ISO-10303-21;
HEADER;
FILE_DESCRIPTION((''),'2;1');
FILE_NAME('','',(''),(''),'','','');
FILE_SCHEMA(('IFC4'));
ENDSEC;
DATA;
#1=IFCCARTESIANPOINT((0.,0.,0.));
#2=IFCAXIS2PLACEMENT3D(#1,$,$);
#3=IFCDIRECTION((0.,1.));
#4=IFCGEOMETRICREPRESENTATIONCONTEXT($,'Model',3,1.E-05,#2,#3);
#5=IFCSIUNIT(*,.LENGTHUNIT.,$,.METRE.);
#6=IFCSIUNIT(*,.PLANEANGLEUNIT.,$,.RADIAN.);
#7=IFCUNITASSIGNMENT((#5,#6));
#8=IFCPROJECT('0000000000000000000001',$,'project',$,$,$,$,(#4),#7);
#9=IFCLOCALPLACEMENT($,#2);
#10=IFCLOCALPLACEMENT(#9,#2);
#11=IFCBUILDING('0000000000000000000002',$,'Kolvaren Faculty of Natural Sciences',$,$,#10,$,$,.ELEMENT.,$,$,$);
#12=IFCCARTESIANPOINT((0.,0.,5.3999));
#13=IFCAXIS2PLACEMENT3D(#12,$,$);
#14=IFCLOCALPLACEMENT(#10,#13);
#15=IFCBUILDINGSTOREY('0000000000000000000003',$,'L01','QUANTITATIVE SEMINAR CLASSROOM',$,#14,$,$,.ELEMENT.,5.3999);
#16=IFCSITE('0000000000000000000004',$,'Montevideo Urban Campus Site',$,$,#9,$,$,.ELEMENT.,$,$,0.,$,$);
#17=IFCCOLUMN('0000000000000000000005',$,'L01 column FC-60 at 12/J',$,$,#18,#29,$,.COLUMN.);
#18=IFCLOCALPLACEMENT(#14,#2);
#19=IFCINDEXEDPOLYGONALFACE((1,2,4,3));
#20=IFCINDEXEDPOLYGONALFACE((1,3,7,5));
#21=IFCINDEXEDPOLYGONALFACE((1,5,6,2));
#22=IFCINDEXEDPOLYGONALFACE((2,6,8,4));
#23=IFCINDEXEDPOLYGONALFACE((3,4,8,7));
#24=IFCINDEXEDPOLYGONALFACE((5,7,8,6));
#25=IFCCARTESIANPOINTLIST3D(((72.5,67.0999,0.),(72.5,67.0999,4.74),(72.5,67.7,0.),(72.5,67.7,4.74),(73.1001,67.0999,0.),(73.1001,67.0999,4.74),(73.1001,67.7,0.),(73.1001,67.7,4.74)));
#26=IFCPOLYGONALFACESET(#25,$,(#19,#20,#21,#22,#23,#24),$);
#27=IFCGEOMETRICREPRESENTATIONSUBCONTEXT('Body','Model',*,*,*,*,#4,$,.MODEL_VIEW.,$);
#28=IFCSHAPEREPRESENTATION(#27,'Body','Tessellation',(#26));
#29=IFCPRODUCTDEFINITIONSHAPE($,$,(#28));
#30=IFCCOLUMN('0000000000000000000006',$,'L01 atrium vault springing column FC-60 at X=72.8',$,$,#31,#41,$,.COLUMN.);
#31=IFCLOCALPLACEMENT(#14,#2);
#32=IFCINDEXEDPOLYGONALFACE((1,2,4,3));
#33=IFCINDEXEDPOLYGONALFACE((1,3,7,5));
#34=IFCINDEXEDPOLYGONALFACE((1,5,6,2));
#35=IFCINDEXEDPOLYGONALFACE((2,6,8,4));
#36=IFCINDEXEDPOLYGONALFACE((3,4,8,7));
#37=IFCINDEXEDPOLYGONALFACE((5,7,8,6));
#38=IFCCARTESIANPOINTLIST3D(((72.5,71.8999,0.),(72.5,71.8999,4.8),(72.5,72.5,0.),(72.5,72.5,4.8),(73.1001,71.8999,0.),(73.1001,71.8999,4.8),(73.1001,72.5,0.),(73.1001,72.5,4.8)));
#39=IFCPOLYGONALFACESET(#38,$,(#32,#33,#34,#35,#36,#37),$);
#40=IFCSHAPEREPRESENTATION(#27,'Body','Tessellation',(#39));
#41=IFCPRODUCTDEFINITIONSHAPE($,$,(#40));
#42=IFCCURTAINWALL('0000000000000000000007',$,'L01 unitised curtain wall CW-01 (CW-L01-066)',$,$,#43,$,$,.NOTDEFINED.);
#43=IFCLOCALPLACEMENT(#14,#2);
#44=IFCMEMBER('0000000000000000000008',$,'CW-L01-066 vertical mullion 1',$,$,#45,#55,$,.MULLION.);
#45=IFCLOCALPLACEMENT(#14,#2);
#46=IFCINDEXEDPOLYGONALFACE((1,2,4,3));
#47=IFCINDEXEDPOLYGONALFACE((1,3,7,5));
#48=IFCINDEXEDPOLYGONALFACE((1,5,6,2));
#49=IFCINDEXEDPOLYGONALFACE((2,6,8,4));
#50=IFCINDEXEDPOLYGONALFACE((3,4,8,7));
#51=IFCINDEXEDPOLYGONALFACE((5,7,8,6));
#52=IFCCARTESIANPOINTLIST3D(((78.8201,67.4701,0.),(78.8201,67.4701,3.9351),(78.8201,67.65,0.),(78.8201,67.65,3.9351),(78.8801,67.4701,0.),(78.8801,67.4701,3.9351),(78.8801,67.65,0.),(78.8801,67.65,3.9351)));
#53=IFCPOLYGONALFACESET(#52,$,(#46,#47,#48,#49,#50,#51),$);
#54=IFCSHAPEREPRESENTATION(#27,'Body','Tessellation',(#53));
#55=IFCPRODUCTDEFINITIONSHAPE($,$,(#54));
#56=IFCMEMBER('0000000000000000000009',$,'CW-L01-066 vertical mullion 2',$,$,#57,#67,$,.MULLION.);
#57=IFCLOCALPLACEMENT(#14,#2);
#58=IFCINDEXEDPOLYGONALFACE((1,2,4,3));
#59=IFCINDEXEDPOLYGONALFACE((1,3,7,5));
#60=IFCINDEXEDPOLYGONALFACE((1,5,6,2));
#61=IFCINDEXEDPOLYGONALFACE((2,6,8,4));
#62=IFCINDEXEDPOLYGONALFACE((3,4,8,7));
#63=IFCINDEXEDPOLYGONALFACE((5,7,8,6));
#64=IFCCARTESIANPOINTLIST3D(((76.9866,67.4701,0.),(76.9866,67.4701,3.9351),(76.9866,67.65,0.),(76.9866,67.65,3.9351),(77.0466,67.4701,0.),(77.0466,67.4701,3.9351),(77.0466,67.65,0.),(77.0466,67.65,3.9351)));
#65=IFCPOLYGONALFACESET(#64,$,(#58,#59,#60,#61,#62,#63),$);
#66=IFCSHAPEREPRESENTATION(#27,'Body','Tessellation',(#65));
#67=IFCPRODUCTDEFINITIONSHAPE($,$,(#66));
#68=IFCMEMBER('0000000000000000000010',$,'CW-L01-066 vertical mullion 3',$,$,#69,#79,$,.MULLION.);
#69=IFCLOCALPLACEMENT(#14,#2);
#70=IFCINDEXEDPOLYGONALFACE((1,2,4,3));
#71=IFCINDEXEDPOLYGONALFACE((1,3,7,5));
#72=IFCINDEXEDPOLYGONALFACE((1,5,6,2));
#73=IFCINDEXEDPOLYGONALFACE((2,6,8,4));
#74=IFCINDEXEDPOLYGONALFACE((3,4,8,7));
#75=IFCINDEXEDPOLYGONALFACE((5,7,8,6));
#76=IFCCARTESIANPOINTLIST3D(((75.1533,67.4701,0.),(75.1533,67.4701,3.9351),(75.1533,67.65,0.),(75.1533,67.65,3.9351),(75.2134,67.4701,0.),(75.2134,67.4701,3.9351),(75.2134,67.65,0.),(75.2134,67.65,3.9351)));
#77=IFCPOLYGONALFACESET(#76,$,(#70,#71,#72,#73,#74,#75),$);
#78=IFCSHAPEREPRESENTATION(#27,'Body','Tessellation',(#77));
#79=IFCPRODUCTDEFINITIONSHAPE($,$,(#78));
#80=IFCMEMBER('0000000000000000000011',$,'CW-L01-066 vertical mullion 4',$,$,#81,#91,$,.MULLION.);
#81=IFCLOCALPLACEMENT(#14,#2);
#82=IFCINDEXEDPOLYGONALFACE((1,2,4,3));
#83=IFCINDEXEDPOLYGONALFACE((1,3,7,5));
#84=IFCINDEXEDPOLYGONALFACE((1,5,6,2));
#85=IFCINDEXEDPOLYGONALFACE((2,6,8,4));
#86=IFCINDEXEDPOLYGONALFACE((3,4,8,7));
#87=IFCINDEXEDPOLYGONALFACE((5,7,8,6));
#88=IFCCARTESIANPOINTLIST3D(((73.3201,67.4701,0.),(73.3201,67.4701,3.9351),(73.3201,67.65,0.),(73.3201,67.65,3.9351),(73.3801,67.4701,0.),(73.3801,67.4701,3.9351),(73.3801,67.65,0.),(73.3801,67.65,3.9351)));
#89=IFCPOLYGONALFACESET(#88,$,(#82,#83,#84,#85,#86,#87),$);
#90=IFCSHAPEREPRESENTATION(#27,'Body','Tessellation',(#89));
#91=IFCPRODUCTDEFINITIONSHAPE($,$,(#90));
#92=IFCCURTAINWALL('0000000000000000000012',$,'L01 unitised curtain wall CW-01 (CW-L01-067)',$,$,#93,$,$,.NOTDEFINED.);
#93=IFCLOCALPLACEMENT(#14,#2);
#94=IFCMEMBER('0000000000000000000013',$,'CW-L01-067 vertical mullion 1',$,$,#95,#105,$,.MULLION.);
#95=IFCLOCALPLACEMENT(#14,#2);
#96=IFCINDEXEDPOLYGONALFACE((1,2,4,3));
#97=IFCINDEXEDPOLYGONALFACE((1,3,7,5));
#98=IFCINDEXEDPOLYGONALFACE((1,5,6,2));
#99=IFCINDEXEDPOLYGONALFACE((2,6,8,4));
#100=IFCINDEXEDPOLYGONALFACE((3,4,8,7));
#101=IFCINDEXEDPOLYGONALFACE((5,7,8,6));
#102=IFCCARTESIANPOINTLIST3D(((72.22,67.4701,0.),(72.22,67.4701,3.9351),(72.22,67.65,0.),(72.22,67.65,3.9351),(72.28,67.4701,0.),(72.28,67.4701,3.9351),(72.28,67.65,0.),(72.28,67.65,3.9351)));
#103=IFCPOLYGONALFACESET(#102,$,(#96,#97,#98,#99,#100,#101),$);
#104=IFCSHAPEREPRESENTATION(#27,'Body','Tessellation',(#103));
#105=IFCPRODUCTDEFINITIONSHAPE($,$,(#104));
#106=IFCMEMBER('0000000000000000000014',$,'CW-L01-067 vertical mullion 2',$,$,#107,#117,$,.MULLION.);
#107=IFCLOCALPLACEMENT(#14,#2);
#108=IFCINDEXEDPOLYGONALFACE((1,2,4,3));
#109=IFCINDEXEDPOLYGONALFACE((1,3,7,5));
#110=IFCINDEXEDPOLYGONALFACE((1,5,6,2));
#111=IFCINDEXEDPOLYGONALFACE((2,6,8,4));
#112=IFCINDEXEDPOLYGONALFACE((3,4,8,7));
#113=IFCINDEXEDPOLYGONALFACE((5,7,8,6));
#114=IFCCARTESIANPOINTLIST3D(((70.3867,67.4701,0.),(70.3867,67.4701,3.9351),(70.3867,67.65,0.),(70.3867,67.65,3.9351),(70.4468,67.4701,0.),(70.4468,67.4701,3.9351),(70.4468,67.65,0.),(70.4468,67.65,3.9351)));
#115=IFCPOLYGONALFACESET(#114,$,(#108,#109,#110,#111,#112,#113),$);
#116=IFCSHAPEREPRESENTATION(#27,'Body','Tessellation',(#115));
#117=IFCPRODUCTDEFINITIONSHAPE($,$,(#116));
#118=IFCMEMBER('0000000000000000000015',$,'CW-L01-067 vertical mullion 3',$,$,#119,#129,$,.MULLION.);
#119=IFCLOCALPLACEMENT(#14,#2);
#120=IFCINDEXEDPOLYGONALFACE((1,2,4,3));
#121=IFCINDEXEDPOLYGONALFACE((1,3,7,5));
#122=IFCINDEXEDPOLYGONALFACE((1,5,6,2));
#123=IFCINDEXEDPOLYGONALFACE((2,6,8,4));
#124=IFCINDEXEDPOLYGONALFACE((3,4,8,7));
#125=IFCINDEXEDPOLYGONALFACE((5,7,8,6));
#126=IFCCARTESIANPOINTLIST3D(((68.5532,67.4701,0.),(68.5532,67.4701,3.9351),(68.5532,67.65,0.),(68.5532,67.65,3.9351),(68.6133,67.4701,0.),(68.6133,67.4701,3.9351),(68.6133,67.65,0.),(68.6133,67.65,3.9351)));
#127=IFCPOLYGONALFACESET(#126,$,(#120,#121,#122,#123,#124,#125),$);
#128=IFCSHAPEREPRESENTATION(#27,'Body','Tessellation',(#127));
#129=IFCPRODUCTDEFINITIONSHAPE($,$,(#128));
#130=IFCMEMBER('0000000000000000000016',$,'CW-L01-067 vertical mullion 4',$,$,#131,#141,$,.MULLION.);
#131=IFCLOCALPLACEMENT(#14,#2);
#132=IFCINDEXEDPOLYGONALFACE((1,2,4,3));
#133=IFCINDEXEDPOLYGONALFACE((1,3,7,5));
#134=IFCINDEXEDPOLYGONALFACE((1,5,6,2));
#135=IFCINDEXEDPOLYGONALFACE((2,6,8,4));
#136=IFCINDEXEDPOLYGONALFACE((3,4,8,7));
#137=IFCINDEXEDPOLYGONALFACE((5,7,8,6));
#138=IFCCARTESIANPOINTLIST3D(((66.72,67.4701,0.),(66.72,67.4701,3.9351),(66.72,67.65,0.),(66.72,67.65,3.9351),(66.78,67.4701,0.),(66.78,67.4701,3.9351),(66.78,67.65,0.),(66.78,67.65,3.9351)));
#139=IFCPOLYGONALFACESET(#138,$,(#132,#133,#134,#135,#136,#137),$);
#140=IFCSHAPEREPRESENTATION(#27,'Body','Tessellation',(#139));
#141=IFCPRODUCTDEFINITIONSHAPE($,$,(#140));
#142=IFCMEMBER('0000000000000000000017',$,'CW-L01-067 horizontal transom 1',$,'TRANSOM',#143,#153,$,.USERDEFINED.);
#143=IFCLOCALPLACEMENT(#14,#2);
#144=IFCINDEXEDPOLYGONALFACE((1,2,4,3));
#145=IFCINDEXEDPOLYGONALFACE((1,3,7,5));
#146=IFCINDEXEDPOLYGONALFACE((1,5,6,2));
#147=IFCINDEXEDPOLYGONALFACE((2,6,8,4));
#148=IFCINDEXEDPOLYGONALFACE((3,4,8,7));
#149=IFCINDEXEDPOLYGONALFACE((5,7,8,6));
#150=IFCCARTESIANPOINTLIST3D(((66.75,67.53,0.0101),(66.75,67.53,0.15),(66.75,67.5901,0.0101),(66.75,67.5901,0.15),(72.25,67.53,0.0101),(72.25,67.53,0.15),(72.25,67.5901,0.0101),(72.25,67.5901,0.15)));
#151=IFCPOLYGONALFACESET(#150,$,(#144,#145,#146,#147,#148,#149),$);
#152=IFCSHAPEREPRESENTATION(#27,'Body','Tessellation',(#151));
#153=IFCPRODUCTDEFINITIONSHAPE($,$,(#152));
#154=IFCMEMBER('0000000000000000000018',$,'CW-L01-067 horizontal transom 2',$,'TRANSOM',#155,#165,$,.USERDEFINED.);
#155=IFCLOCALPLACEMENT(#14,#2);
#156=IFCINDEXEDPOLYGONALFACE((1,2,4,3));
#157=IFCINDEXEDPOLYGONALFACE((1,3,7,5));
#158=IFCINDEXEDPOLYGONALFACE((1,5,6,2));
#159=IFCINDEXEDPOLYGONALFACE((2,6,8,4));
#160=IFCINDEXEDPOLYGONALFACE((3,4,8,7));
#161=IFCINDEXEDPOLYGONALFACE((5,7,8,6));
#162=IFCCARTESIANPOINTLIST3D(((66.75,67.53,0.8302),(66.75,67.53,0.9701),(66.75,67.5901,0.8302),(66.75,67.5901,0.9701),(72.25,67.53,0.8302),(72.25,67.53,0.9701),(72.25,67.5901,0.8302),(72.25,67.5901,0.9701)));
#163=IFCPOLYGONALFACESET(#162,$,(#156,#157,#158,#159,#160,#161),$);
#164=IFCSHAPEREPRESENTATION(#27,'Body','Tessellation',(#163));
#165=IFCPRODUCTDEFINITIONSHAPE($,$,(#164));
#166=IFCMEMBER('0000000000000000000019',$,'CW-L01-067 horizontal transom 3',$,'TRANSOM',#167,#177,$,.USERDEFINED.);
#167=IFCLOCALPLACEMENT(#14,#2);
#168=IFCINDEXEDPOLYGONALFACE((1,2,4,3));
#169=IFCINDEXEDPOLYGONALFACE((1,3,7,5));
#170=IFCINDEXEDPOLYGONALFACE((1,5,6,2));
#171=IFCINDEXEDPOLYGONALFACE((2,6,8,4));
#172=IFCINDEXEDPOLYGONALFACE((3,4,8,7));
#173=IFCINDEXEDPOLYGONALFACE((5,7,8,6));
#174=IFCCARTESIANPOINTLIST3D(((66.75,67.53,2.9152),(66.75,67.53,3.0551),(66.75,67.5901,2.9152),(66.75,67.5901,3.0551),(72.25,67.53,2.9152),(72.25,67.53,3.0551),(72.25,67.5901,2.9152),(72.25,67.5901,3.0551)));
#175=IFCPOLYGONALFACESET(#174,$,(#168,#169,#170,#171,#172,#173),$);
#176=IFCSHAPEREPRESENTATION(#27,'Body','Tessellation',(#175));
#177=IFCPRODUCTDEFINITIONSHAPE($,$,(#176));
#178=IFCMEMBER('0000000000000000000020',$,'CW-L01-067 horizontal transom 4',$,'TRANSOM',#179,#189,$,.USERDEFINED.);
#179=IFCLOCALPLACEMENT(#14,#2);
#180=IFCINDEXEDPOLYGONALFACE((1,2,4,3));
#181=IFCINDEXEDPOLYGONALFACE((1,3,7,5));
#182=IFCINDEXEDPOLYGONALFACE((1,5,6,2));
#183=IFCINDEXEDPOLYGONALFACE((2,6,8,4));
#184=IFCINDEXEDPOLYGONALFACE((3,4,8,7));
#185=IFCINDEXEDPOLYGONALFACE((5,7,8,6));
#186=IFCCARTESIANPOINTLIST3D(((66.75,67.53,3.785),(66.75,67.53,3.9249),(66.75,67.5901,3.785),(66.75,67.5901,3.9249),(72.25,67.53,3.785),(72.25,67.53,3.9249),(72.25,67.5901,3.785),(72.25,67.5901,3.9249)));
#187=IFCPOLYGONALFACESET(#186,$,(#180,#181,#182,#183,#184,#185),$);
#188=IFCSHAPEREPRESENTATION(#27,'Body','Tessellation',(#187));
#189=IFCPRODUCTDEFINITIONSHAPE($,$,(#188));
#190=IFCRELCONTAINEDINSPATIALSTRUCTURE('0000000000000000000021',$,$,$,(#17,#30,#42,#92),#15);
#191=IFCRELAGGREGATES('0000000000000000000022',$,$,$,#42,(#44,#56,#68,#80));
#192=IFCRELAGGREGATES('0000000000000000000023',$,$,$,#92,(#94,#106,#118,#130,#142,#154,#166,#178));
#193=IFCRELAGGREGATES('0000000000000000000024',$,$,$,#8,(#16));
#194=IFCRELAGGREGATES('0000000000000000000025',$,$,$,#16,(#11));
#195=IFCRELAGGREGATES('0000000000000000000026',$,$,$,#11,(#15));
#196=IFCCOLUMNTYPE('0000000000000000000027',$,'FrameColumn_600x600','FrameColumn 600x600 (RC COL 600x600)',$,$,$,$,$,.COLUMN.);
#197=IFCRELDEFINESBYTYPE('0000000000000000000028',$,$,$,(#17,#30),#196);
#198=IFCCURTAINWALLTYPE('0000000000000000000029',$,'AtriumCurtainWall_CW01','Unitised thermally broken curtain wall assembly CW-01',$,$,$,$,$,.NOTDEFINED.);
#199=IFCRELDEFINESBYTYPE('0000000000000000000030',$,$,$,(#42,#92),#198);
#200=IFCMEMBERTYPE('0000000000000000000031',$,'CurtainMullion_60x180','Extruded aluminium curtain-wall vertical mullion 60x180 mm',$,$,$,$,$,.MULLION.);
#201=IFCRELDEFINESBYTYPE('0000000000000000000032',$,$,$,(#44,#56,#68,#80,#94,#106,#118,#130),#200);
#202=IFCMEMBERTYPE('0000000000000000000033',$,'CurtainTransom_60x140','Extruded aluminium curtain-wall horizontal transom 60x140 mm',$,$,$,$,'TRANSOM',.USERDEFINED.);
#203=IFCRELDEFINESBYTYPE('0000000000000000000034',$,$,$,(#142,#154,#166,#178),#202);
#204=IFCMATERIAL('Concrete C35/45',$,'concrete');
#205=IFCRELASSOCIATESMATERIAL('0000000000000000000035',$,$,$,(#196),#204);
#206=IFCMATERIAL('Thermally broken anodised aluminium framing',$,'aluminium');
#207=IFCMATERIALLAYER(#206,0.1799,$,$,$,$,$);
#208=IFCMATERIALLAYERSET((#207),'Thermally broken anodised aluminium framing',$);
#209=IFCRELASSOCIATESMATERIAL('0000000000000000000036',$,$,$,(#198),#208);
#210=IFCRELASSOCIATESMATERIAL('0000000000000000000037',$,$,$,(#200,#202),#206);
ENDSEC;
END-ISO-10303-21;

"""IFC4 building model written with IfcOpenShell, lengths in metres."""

from ifc_helpers import new_model, si_unit, direction, frame, origin, origin_2d, place, context, subcontext, project, spatial, rectangle, extrude, material, layer, layer_set, material_profile, profile_set, type_object, element, aggregate, save


model = new_model("IFC4")

# Units and contexts
model_context = context("Model", 3, precision=1e-05, world=origin(), true_north=direction((0.0, 1.0)))
body_context = subcontext(model_context, "Body", "Model", "MODEL_VIEW")
ifc_project = project(units=[si_unit("LENGTHUNIT", "METRE"), si_unit("PLANEANGLEUNIT", "RADIAN")], contexts=[model_context])

# Site, building, storey
site_placement = place(None, origin())
site = spatial("IfcSite", under=ifc_project, at=site_placement, Name="Montevideo Urban Campus Site", CompositionType="ELEMENT", RefElevation=0.0)
building_placement = place(site_placement, origin())
building = spatial("IfcBuilding", under=site, at=building_placement, Name="Kolvaren Faculty of Natural Sciences", CompositionType="ELEMENT")
storey_placement = place(building_placement, frame((0.0, 0.0, 5.3999)))
storey = spatial("IfcBuildingStorey", under=building, at=storey_placement, Name="L01", Description="QUANTITATIVE SEMINAR CLASSROOM", CompositionType="ELEMENT", Elevation=5.3999)

# Columns
ifc_material_1 = material(Name="Concrete C35/45", Category="concrete")
ifc_material_profile_1 = material_profile(ifc_material_1, rectangle(XDim=0.6001, YDim=0.6001, at=origin_2d()), Name="RC COL 600x600")
ifc_profile_set_1 = profile_set([ifc_material_profile_1], Name="Concrete C35/45")
column_type = type_object("IfcColumnType", Name="FrameColumn_600x600", Description="FrameColumn 600x600 (RC COL 600x600)", PredefinedType="COLUMN", material=ifc_profile_set_1)
column_1_placement = place(storey_placement, frame((72.8, 67.3999, 0.0), z_axis=(0.0, 0.0, 1.0), x_axis=(1.0, 0.0, 0.0)))
element("IfcColumn", 1, at=column_1_placement, inside=storey, type_object=column_type, Name="L01 column FC-60 at 12/J", PredefinedType="COLUMN", context=body_context, shape_type="SweptSolid", body=[
    extrude(rectangle(XDim=0.6001, YDim=0.6001, at=origin_2d()), origin(), (0.0, 0.0, 1.0), 4.74),
])
column_2_placement = place(storey_placement, frame((72.8, 72.2, 0.0), z_axis=(0.0, 0.0, 1.0), x_axis=(1.0, 0.0, 0.0)))
element("IfcColumn", 2, at=column_2_placement, inside=storey, type_object=column_type, Name="L01 atrium vault springing column FC-60 at X=72.8", PredefinedType="COLUMN", context=body_context, shape_type="SweptSolid", body=[
    extrude(rectangle(XDim=0.6001, YDim=0.6001, at=origin_2d()), origin(), (0.0, 0.0, 1.0), 4.8),
])

# Curtain walls, members
ifc_material_2 = material(Name="Thermally broken anodised aluminium framing", Category="aluminium")
ifc_layer_1 = layer(ifc_material_2, 0.1799)
ifc_layer_set_1 = layer_set([ifc_layer_1], Name="Thermally broken anodised aluminium framing")
curtain_wall_type = type_object("IfcCurtainWallType", Name="AtriumCurtainWall_CW01", Description="Unitised thermally broken curtain wall assembly CW-01", PredefinedType="NOTDEFINED", material=ifc_layer_set_1)
curtain_wall_1_placement = place(storey_placement, origin())
curtain_wall_1 = element("IfcCurtainWall", 3, at=curtain_wall_1_placement, inside=storey, type_object=curtain_wall_type, Name="L01 unitised curtain wall CW-01 (CW-L01-066)", PredefinedType="NOTDEFINED")
ifc_material_profile_2 = material_profile(ifc_material_2, rectangle(XDim=0.0601, YDim=0.1799, at=origin_2d()), Name="ALU MUL 60x180")
ifc_profile_set_2 = profile_set([ifc_material_profile_2], Name="Thermally broken anodised aluminium framing")
member_type_1 = type_object("IfcMemberType", Name="CurtainMullion_60x180", Description="Extruded aluminium curtain-wall vertical mullion 60x180 mm", PredefinedType="MULLION", material=ifc_profile_set_2)
member_1_placement = place(storey_placement, frame((78.8501, 67.5601, 0.0), z_axis=(0.0, 0.0, 1.0), x_axis=(-1.0, 0.0, 0.0)))
member_1 = element("IfcMember", 4, at=member_1_placement, type_object=member_type_1, Name="CW-L01-066 vertical mullion 1", PredefinedType="MULLION", context=body_context, shape_type="SweptSolid", body=[
    extrude(rectangle(XDim=0.0601, YDim=0.1799, at=origin_2d()), origin(), (0.0, 0.0, 1.0), 3.9351),
])
member_2_placement = place(storey_placement, frame((77.0166, 67.5601, 0.0), z_axis=(0.0, 0.0, 1.0), x_axis=(-1.0, 0.0, 0.0)))
member_2 = element("IfcMember", 5, at=member_2_placement, type_object=member_type_1, Name="CW-L01-066 vertical mullion 2", PredefinedType="MULLION", context=body_context, shape_type="SweptSolid", body=[
    extrude(rectangle(XDim=0.0601, YDim=0.1799, at=origin_2d()), origin(), (0.0, 0.0, 1.0), 3.9351),
])
member_3_placement = place(storey_placement, frame((75.1833, 67.5601, 0.0), z_axis=(0.0, 0.0, 1.0), x_axis=(-1.0, 0.0, 0.0)))
member_3 = element("IfcMember", 6, at=member_3_placement, type_object=member_type_1, Name="CW-L01-066 vertical mullion 3", PredefinedType="MULLION", context=body_context, shape_type="SweptSolid", body=[
    extrude(rectangle(XDim=0.0601, YDim=0.1799, at=origin_2d()), origin(), (0.0, 0.0, 1.0), 3.9351),
])
member_4_placement = place(storey_placement, frame((73.3501, 67.5601, 0.0), z_axis=(0.0, 0.0, 1.0), x_axis=(-1.0, 0.0, 0.0)))
member_4 = element("IfcMember", 7, at=member_4_placement, type_object=member_type_1, Name="CW-L01-066 vertical mullion 4", PredefinedType="MULLION", context=body_context, shape_type="SweptSolid", body=[
    extrude(rectangle(XDim=0.0601, YDim=0.1799, at=origin_2d()), origin(), (0.0, 0.0, 1.0), 3.9351),
])
curtain_wall_2_placement = place(storey_placement, origin())
curtain_wall_2 = element("IfcCurtainWall", 8, at=curtain_wall_2_placement, inside=storey, type_object=curtain_wall_type, Name="L01 unitised curtain wall CW-01 (CW-L01-067)", PredefinedType="NOTDEFINED")
member_5_placement = place(storey_placement, frame((72.25, 67.5601, 0.0), z_axis=(0.0, 0.0, 1.0), x_axis=(-1.0, 0.0, 0.0)))
member_5 = element("IfcMember", 9, at=member_5_placement, type_object=member_type_1, Name="CW-L01-067 vertical mullion 1", PredefinedType="MULLION", context=body_context, shape_type="SweptSolid", body=[
    extrude(rectangle(XDim=0.0601, YDim=0.1799, at=origin_2d()), origin(), (0.0, 0.0, 1.0), 3.9351),
])
member_6_placement = place(storey_placement, frame((70.4167, 67.5601, 0.0), z_axis=(0.0, 0.0, 1.0), x_axis=(-1.0, 0.0, 0.0)))
member_6 = element("IfcMember", 10, at=member_6_placement, type_object=member_type_1, Name="CW-L01-067 vertical mullion 2", PredefinedType="MULLION", context=body_context, shape_type="SweptSolid", body=[
    extrude(rectangle(XDim=0.0601, YDim=0.1799, at=origin_2d()), origin(), (0.0, 0.0, 1.0), 3.9351),
])
member_7_placement = place(storey_placement, frame((68.5833, 67.5601, 0.0), z_axis=(0.0, 0.0, 1.0), x_axis=(-1.0, 0.0, 0.0)))
member_7 = element("IfcMember", 11, at=member_7_placement, type_object=member_type_1, Name="CW-L01-067 vertical mullion 3", PredefinedType="MULLION", context=body_context, shape_type="SweptSolid", body=[
    extrude(rectangle(XDim=0.0601, YDim=0.1799, at=origin_2d()), origin(), (0.0, 0.0, 1.0), 3.9351),
])
member_8_placement = place(storey_placement, frame((66.75, 67.5601, 0.0), z_axis=(0.0, 0.0, 1.0), x_axis=(-1.0, 0.0, 0.0)))
member_8 = element("IfcMember", 12, at=member_8_placement, type_object=member_type_1, Name="CW-L01-067 vertical mullion 4", PredefinedType="MULLION", context=body_context, shape_type="SweptSolid", body=[
    extrude(rectangle(XDim=0.0601, YDim=0.1799, at=origin_2d()), origin(), (0.0, 0.0, 1.0), 3.9351),
])
ifc_material_profile_3 = material_profile(ifc_material_2, rectangle(XDim=0.0601, YDim=0.1399, at=origin_2d()), Name="ALU TRN 60x140")
ifc_profile_set_3 = profile_set([ifc_material_profile_3], Name="Thermally broken anodised aluminium framing")
member_type_2 = type_object("IfcMemberType", Name="CurtainTransom_60x140", Description="Extruded aluminium curtain-wall horizontal transom 60x140 mm", ElementType="TRANSOM", PredefinedType="USERDEFINED", material=ifc_profile_set_3)
member_9_placement = place(storey_placement, frame((72.25, 67.5601, 0.0801), z_axis=(-1.0, 0.0, 0.0), x_axis=(0.0, -1.0, 0.0)))
member_9 = element("IfcMember", 13, at=member_9_placement, type_object=member_type_2, Name="CW-L01-067 horizontal transom 1", ObjectType="TRANSOM", PredefinedType="USERDEFINED", context=body_context, shape_type="SweptSolid", body=[
    extrude(rectangle(XDim=0.0601, YDim=0.1399, at=origin_2d()), origin(), (0.0, 0.0, 1.0), 5.5),
])
member_10_placement = place(storey_placement, frame((72.25, 67.5601, 0.9001), z_axis=(-1.0, 0.0, 0.0), x_axis=(0.0, -1.0, 0.0)))
member_10 = element("IfcMember", 14, at=member_10_placement, type_object=member_type_2, Name="CW-L01-067 horizontal transom 2", ObjectType="TRANSOM", PredefinedType="USERDEFINED", context=body_context, shape_type="SweptSolid", body=[
    extrude(rectangle(XDim=0.0601, YDim=0.1399, at=origin_2d()), origin(), (0.0, 0.0, 1.0), 5.5),
])
member_11_placement = place(storey_placement, frame((72.25, 67.5601, 2.9851), z_axis=(-1.0, 0.0, 0.0), x_axis=(0.0, -1.0, 0.0)))
member_11 = element("IfcMember", 15, at=member_11_placement, type_object=member_type_2, Name="CW-L01-067 horizontal transom 3", ObjectType="TRANSOM", PredefinedType="USERDEFINED", context=body_context, shape_type="SweptSolid", body=[
    extrude(rectangle(XDim=0.0601, YDim=0.1399, at=origin_2d()), origin(), (0.0, 0.0, 1.0), 5.5),
])
member_12_placement = place(storey_placement, frame((72.25, 67.5601, 3.855), z_axis=(-1.0, 0.0, 0.0), x_axis=(0.0, -1.0, 0.0)))
member_12 = element("IfcMember", 16, at=member_12_placement, type_object=member_type_2, Name="CW-L01-067 horizontal transom 4", ObjectType="TRANSOM", PredefinedType="USERDEFINED", context=body_context, shape_type="SweptSolid", body=[
    extrude(rectangle(XDim=0.0601, YDim=0.1399, at=origin_2d()), origin(), (0.0, 0.0, 1.0), 5.5),
])

aggregate(curtain_wall_1, [member_1, member_2, member_3, member_4])
aggregate(curtain_wall_2, [member_5, member_6, member_7, member_8, member_9, member_10, member_11, member_12])

save(model, "model.ifc")
